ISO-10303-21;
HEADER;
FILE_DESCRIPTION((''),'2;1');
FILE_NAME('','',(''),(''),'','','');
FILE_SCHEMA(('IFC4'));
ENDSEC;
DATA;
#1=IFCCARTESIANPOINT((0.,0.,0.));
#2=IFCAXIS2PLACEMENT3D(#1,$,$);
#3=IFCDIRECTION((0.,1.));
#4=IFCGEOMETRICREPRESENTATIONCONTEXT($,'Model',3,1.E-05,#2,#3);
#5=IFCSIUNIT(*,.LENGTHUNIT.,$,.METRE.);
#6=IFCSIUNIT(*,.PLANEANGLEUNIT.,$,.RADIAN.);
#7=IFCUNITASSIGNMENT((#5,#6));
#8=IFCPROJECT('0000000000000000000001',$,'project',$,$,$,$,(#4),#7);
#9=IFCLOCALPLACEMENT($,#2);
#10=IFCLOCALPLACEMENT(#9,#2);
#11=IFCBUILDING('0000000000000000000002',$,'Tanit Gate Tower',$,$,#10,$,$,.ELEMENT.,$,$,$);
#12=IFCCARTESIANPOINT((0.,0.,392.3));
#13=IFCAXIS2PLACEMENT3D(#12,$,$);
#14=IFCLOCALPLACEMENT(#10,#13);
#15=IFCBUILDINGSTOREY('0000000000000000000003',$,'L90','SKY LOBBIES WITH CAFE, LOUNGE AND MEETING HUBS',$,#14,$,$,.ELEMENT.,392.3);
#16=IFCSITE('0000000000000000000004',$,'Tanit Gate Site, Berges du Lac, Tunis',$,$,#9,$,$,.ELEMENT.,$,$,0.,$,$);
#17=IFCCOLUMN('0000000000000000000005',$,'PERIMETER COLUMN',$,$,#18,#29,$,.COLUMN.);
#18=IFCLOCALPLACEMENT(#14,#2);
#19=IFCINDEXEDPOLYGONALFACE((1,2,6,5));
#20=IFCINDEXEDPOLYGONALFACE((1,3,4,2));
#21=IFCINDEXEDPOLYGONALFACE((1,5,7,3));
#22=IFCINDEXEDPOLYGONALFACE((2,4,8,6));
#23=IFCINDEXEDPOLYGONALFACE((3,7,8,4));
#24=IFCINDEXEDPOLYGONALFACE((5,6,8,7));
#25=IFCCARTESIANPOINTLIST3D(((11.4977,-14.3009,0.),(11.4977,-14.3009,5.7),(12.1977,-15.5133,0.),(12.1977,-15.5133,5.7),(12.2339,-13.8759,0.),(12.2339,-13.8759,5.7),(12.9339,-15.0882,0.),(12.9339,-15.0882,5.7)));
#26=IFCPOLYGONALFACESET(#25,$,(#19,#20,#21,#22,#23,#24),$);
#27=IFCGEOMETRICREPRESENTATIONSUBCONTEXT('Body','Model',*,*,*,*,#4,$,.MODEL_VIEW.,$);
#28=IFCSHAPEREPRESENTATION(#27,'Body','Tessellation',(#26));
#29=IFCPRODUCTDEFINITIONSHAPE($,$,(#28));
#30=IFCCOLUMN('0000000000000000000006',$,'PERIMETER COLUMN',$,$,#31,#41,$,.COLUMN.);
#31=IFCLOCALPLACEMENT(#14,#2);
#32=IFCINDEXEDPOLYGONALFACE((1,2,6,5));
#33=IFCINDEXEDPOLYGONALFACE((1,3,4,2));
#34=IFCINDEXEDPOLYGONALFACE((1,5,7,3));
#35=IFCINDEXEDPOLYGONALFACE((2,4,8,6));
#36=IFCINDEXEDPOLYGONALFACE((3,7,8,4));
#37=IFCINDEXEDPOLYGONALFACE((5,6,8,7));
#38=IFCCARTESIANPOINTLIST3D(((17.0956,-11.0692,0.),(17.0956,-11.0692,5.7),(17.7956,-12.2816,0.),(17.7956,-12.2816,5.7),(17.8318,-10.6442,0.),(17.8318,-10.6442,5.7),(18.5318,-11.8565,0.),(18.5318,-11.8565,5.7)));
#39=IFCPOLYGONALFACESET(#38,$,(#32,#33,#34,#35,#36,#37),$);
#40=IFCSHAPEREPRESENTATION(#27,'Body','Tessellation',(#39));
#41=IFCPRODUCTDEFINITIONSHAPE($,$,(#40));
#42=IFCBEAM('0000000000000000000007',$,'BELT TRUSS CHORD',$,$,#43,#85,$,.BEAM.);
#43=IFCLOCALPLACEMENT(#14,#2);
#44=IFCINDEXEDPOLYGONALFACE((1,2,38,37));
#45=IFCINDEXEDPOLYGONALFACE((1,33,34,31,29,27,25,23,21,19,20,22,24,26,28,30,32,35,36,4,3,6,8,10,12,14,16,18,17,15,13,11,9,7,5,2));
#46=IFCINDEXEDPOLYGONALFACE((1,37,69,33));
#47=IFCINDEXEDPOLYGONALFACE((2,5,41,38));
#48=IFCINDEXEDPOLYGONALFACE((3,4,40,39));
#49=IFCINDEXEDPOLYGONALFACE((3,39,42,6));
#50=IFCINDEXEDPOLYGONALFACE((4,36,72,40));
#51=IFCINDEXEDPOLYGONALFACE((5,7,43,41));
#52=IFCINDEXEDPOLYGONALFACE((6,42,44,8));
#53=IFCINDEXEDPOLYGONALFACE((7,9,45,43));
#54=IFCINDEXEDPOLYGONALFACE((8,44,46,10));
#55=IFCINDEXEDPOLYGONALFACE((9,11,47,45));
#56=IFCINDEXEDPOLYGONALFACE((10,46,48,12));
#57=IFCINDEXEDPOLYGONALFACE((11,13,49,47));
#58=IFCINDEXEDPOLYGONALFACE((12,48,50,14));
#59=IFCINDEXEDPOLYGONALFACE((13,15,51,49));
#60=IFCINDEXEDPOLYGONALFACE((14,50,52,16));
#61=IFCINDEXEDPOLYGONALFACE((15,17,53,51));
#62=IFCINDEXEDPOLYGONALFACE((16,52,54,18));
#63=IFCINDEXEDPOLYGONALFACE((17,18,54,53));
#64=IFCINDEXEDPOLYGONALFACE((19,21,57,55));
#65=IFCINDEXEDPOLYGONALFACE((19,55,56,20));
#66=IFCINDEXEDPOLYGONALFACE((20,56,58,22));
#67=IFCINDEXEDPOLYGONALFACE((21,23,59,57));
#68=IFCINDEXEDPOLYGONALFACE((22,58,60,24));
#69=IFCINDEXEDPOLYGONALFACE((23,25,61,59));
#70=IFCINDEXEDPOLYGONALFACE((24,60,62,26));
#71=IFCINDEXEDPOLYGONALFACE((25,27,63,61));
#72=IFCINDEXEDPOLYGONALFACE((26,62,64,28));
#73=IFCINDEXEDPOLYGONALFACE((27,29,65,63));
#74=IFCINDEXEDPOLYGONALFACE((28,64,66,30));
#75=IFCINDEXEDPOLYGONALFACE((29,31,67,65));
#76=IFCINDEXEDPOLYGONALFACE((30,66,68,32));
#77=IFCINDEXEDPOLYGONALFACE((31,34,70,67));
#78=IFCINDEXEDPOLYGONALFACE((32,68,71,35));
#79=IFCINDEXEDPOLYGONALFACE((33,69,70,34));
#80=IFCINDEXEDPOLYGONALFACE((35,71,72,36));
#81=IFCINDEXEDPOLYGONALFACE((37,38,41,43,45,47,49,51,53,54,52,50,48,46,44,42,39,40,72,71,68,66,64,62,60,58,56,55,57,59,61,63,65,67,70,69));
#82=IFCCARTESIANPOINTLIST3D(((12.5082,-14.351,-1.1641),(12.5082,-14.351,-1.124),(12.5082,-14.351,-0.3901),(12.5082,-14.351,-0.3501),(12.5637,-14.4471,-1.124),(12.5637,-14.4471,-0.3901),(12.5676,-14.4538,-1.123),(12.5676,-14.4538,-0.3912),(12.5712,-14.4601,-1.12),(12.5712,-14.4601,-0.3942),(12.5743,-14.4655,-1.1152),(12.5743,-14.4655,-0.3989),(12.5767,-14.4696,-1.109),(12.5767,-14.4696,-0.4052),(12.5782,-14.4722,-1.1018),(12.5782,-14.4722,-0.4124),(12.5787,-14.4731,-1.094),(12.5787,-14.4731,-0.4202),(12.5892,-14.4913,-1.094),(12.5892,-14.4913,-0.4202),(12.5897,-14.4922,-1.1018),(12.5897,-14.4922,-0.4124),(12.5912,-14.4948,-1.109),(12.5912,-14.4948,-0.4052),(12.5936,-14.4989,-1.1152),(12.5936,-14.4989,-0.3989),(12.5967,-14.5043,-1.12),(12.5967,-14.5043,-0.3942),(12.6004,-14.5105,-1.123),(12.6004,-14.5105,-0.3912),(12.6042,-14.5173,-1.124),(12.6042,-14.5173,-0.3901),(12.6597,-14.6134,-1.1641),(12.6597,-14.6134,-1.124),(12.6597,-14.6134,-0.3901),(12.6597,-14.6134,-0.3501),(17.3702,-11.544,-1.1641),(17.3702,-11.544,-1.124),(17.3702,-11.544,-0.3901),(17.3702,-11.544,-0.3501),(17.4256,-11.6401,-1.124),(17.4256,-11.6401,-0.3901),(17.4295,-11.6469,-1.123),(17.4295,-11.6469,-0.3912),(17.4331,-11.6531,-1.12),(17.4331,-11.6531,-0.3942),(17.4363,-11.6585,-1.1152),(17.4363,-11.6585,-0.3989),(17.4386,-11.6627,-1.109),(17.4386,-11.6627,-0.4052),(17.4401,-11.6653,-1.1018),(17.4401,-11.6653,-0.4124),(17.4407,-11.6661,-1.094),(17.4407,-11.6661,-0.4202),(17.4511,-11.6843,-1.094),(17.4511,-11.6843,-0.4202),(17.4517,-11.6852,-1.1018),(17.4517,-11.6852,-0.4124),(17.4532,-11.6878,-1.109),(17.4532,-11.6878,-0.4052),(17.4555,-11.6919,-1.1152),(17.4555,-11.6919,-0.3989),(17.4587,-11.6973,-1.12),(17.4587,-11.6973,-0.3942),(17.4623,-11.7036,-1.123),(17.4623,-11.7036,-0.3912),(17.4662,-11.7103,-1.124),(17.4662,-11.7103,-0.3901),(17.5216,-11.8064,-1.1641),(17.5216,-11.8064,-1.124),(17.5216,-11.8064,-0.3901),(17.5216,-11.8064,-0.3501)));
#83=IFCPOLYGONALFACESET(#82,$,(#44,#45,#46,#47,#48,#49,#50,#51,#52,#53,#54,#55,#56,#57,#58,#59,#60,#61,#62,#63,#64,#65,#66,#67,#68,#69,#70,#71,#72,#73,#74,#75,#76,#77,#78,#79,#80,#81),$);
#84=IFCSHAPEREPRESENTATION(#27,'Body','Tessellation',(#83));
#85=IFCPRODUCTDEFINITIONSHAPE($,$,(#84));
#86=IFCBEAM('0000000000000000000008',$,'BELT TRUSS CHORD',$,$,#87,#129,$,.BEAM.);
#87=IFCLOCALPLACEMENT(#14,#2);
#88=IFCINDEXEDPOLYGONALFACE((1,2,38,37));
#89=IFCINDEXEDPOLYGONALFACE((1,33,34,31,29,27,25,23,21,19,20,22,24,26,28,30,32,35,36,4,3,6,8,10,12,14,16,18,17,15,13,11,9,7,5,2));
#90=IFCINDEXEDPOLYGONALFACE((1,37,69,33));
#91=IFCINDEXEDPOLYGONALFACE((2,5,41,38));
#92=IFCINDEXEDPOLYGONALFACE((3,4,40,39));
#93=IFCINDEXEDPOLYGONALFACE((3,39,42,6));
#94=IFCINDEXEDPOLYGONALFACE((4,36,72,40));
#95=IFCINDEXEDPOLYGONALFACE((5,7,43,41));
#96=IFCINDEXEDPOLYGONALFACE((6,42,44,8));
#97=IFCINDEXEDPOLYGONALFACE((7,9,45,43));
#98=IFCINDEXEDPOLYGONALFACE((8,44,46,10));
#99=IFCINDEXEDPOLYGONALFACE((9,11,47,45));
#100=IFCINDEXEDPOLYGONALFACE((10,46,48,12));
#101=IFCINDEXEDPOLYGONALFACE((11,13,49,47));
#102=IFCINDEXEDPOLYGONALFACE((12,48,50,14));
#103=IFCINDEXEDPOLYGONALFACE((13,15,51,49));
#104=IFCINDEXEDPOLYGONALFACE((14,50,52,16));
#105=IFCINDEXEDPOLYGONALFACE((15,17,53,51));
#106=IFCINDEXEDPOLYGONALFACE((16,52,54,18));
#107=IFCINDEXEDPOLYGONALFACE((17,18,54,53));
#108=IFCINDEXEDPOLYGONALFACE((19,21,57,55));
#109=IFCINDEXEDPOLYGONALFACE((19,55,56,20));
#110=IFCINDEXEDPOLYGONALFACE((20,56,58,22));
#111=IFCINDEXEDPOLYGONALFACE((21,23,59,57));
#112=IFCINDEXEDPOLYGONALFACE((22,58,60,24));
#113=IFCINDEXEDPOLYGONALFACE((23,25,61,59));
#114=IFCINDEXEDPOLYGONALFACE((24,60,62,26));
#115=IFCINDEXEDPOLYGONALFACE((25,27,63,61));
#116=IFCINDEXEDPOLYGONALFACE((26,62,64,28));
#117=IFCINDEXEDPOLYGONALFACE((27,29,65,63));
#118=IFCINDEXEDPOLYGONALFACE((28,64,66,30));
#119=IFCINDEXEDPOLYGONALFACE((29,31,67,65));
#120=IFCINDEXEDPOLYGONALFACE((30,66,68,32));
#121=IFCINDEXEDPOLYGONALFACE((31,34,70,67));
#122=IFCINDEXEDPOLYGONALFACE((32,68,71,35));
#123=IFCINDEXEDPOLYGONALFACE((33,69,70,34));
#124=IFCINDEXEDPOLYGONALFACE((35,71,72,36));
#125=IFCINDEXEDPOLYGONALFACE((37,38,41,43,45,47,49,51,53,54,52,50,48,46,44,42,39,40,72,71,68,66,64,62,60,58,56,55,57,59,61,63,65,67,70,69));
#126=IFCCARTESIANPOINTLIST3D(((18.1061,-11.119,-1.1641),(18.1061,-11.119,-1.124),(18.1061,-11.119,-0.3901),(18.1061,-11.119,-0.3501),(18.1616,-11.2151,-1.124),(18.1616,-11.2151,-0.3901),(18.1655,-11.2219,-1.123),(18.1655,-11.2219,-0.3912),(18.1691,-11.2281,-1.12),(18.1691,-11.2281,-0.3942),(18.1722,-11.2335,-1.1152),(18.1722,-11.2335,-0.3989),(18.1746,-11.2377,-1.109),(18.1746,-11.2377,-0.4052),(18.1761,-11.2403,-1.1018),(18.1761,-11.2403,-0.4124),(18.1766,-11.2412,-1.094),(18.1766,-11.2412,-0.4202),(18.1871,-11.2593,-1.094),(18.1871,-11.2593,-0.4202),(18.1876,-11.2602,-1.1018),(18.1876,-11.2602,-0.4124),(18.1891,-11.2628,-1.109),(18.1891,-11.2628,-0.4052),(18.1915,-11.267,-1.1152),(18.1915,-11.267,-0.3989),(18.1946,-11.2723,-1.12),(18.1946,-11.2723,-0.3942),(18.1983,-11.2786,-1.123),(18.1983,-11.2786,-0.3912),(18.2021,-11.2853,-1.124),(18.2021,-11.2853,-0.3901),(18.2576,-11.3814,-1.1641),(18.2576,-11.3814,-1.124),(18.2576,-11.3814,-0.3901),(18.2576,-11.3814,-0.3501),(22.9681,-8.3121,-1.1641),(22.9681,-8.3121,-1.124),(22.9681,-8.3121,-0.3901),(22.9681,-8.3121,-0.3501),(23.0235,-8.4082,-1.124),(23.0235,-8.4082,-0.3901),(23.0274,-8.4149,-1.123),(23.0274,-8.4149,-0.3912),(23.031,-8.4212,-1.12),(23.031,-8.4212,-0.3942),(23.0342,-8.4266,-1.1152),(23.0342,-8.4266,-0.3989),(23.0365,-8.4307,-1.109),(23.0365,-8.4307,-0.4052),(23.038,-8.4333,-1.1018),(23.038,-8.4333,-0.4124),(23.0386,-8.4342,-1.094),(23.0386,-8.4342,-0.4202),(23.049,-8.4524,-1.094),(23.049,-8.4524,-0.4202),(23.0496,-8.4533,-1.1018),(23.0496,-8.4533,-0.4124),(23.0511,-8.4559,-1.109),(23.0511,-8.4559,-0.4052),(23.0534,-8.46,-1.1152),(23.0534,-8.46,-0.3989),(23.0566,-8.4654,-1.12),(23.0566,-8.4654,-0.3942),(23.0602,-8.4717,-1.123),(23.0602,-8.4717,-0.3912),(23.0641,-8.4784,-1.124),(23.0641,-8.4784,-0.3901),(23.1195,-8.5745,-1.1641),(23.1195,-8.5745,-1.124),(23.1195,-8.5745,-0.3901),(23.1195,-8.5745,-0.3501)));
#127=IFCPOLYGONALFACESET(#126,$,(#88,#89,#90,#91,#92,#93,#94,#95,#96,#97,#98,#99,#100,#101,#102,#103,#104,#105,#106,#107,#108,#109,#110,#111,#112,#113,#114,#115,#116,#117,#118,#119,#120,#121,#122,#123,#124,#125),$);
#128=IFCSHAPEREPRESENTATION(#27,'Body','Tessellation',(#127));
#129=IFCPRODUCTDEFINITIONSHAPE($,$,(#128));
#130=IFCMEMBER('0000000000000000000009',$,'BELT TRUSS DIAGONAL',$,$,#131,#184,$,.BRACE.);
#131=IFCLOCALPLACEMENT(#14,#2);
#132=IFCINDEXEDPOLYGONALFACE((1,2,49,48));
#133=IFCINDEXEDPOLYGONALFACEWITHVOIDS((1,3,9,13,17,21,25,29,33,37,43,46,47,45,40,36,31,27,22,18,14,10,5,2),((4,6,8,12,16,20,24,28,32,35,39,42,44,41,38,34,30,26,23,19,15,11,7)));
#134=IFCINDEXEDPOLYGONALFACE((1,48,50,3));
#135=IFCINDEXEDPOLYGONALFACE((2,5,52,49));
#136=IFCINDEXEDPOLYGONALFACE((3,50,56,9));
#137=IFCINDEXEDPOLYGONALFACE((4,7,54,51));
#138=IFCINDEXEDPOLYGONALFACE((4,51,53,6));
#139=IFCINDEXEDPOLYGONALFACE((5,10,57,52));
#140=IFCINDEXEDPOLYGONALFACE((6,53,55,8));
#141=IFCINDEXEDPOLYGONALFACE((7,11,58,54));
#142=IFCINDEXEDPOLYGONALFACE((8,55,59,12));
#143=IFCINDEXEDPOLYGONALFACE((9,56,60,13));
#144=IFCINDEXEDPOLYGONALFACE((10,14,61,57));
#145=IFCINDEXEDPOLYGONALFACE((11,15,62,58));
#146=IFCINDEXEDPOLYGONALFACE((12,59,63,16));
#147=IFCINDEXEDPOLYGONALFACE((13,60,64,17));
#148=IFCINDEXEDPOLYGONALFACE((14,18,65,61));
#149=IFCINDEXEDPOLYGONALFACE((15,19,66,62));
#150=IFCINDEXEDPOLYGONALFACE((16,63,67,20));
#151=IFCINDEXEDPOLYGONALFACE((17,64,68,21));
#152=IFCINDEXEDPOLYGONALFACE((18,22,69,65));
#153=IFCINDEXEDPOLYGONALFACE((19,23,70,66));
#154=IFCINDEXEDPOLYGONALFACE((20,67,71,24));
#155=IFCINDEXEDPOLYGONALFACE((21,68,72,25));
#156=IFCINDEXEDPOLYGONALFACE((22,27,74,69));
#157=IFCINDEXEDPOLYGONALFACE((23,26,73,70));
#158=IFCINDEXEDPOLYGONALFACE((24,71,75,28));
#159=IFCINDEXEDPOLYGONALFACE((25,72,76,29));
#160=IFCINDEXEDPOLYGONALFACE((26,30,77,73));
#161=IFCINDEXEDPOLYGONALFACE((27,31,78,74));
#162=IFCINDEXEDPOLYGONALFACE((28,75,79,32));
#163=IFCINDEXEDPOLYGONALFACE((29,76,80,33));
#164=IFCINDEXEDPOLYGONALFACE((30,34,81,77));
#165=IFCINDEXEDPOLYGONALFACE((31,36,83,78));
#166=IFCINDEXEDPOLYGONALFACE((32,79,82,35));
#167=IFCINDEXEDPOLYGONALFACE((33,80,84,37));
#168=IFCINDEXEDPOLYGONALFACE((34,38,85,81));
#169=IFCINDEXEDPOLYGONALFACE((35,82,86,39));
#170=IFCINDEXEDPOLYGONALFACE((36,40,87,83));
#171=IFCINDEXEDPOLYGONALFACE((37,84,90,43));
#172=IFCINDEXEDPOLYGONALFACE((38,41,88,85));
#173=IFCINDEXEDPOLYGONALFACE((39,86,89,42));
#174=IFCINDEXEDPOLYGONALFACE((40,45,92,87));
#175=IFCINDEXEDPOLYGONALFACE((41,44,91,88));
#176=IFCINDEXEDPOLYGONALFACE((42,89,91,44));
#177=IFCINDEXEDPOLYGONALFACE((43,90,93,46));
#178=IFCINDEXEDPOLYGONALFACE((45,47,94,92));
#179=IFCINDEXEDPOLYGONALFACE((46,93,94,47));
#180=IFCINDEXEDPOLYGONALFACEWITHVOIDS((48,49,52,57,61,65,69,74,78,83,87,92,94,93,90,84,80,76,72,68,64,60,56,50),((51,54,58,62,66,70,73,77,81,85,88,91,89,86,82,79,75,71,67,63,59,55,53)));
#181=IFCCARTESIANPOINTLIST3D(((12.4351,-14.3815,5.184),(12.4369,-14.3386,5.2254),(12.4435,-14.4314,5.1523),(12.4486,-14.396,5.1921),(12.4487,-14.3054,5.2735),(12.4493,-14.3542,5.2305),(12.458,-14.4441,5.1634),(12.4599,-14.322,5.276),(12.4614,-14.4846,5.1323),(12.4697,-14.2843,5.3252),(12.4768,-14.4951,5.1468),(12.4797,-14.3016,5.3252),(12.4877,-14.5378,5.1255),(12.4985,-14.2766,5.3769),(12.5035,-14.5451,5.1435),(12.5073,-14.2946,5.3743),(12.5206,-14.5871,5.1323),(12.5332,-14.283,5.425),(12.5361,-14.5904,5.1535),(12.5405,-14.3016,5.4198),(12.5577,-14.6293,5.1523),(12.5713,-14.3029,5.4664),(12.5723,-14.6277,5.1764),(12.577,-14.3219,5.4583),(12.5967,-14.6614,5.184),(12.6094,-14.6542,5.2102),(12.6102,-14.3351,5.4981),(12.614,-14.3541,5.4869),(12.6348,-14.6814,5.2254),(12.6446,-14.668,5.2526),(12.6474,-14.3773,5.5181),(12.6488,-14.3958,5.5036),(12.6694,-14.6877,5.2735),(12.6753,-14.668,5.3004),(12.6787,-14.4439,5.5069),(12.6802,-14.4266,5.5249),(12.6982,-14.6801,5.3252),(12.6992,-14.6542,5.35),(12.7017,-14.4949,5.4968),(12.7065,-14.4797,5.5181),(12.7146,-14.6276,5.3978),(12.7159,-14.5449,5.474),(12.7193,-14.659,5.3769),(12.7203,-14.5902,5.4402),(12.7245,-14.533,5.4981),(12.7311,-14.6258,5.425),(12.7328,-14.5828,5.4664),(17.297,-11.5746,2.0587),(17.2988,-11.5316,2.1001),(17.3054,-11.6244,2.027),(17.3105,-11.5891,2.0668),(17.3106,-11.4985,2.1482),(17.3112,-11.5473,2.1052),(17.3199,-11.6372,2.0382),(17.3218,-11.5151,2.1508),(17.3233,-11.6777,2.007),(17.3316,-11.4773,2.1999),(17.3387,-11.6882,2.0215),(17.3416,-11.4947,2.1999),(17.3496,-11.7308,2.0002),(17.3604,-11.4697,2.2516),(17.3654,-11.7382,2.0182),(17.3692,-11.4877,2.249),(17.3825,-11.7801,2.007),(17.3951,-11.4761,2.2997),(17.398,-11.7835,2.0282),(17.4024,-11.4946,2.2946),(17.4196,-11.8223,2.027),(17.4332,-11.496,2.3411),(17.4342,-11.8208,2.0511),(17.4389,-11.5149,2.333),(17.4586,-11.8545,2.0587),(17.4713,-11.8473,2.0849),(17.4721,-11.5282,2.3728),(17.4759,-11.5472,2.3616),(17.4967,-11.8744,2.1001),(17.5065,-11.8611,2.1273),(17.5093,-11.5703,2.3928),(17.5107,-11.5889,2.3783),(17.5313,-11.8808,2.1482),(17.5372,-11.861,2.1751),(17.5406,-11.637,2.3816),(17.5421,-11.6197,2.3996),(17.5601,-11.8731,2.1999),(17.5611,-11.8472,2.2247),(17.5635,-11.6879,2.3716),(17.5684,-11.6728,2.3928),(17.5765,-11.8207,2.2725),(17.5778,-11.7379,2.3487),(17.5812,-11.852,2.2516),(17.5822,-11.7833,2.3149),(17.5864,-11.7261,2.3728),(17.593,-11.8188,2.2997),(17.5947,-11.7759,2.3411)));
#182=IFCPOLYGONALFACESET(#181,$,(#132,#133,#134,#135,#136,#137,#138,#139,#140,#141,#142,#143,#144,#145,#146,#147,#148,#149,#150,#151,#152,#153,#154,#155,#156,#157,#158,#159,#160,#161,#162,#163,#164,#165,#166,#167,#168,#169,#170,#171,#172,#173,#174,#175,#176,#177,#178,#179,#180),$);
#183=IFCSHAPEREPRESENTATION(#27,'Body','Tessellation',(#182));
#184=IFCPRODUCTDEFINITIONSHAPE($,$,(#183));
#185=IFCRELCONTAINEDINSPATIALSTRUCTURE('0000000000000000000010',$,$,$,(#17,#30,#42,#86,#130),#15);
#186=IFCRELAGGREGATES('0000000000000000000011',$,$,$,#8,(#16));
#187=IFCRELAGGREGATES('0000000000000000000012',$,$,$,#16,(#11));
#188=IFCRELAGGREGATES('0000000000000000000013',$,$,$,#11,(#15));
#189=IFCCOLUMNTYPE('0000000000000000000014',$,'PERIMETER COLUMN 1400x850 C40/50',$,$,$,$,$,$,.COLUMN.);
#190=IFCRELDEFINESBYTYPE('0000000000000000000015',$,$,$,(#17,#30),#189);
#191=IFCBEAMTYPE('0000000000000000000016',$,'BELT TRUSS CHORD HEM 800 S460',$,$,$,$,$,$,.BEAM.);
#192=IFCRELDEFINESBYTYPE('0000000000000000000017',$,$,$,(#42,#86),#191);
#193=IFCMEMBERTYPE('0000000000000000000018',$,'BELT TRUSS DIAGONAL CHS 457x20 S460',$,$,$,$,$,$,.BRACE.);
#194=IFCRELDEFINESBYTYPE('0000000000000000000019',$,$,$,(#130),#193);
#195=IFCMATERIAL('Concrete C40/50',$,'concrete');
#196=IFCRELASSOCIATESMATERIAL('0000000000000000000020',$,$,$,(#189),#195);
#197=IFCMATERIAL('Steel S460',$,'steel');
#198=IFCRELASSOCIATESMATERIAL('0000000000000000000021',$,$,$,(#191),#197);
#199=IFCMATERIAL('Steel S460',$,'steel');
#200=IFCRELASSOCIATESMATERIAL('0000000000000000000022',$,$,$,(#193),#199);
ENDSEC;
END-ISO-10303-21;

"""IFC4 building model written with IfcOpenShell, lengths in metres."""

from ifc_helpers import new_model, si_unit, direction, frame, origin, origin_2d, place, context, subcontext, project, spatial, rectangle, hollow_circle, i_section, extrude, material, material_profile, profile_set, type_object, element, save


model = new_model("IFC4")

# Units and contexts
model_context = context("Model", 3, precision=1e-05, world=origin(), true_north=direction((0.0, 1.0)))
body_context = subcontext(model_context, "Body", "Model", "MODEL_VIEW")
ifc_project = project(units=[si_unit("LENGTHUNIT", "METRE"), si_unit("PLANEANGLEUNIT", "RADIAN")], contexts=[model_context])

# Site, building, storey
site_placement = place(None, origin())
site = spatial("IfcSite", under=ifc_project, at=site_placement, Name="Tanit Gate Site, Berges du Lac, Tunis", CompositionType="ELEMENT", RefElevation=0.0)
building_placement = place(site_placement, origin())
building = spatial("IfcBuilding", under=site, at=building_placement, Name="Tanit Gate Tower", CompositionType="ELEMENT")
storey_placement = place(building_placement, frame((0.0, 0.0, 392.3)))
storey = spatial("IfcBuildingStorey", under=building, at=storey_placement, Name="L90", Description="SKY LOBBIES WITH CAFE, LOUNGE AND MEETING HUBS", CompositionType="ELEMENT", Elevation=392.3)

# Columns
ifc_material_1 = material(Name="Concrete C40/50", Category="concrete")
ifc_material_profile_1 = material_profile(ifc_material_1, rectangle(XDim=1.3999, YDim=0.8501, at=origin_2d()), Name="RC 1400x850")
ifc_profile_set_1 = profile_set([ifc_material_profile_1], Name="Concrete C40/50")
column_type = type_object("IfcColumnType", Name="PERIMETER COLUMN 1400x850 C40/50", PredefinedType="COLUMN", material=ifc_profile_set_1)
for number, where, z_axis, x_axis, name in (
    (1, (12.2158, -14.6946, 0.0), (0.0, 0.0, 1.0), (0.5, -0.866025, 0.0), "PERIMETER COLUMN"),
    (2, (17.8137, -11.4629, 0.0), (0.0, 0.0, 1.0), (0.5, -0.866025, 0.0), "PERIMETER COLUMN"),
):
    element("IfcColumn", number, at=place(storey_placement, frame(where, z_axis=z_axis, x_axis=x_axis)), inside=storey, type_object=column_type, Name=name, PredefinedType="COLUMN", context=body_context, shape_type="SweptSolid", body=[
        extrude(rectangle(XDim=1.3999, YDim=0.8501, at=origin_2d()), origin(), (0.0, 0.0, 1.0), 5.7),
    ])

# Beams
ifc_material_2 = material(Name="Steel S460", Category="steel")
ifc_material_profile_2 = material_profile(ifc_material_2, i_section(OverallWidth=0.303, OverallDepth=0.814, WebThickness=0.021, FlangeThickness=0.04, FilletRadius=0.03, at=origin_2d()), Name="HEM 800")
ifc_profile_set_2 = profile_set([ifc_material_profile_2], Name="Steel S460")
beam_type_1 = type_object("IfcBeamType", Name="BELT TRUSS CHORD HEM 800 S460", PredefinedType="BEAM", material=ifc_profile_set_2)
for number, where, z_axis, x_axis, name in (
    (3, (12.584, -14.4822, -0.7571), (0.866032, 0.499988, 0.0), (-0.499988, 0.866032, 0.0), "BELT TRUSS CHORD"),
    (4, (18.1819, -11.2502, -0.7571), (0.866032, 0.499988, 0.0), (-0.499988, 0.866032, 0.0), "BELT TRUSS CHORD"),
):
    element("IfcBeam", number, at=place(storey_placement, frame(where, z_axis=z_axis, x_axis=x_axis)), inside=storey, type_object=beam_type_1, Name=name, PredefinedType="BEAM", context=body_context, shape_type="SweptSolid", body=[
        extrude(i_section(OverallWidth=0.303, OverallDepth=0.814, WebThickness=0.021, FlangeThickness=0.04, FilletRadius=0.03, at=origin_2d()), origin(), (0.0, 0.0, 1.0), 5.614),
    ])

# Member
ifc_material_3 = material(Name="Steel S460", Category="steel")
ifc_material_profile_3 = material_profile(ifc_material_3, hollow_circle(Radius=0.2285, WallThickness=0.02, at=origin_2d()), Name="CHS 457x20")
ifc_profile_set_3 = profile_set([ifc_material_profile_3], Name="Steel S460")
member_type_1 = type_object("IfcMemberType", Name="BELT TRUSS DIAGONAL CHS 457x20 S460", PredefinedType="BRACE", material=ifc_profile_set_3)
member_1_placement = place(storey_placement, frame((12.584, -14.4822, 5.3252), z_axis=(0.756681, 0.436857, -0.486405), x_axis=(-0.499988, 0.866032, 0.0)))
element("IfcMember", 5, at=member_1_placement, inside=storey, type_object=member_type_1, Name="BELT TRUSS DIAGONAL", PredefinedType="BRACE", context=body_context, shape_type="SweptSolid", body=[
    extrude(hollow_circle(Radius=0.2285, WallThickness=0.02, at=origin_2d()), origin(), (0.0, 0.0, 1.0), 6.4253),
])

save(model, "model.ifc")
